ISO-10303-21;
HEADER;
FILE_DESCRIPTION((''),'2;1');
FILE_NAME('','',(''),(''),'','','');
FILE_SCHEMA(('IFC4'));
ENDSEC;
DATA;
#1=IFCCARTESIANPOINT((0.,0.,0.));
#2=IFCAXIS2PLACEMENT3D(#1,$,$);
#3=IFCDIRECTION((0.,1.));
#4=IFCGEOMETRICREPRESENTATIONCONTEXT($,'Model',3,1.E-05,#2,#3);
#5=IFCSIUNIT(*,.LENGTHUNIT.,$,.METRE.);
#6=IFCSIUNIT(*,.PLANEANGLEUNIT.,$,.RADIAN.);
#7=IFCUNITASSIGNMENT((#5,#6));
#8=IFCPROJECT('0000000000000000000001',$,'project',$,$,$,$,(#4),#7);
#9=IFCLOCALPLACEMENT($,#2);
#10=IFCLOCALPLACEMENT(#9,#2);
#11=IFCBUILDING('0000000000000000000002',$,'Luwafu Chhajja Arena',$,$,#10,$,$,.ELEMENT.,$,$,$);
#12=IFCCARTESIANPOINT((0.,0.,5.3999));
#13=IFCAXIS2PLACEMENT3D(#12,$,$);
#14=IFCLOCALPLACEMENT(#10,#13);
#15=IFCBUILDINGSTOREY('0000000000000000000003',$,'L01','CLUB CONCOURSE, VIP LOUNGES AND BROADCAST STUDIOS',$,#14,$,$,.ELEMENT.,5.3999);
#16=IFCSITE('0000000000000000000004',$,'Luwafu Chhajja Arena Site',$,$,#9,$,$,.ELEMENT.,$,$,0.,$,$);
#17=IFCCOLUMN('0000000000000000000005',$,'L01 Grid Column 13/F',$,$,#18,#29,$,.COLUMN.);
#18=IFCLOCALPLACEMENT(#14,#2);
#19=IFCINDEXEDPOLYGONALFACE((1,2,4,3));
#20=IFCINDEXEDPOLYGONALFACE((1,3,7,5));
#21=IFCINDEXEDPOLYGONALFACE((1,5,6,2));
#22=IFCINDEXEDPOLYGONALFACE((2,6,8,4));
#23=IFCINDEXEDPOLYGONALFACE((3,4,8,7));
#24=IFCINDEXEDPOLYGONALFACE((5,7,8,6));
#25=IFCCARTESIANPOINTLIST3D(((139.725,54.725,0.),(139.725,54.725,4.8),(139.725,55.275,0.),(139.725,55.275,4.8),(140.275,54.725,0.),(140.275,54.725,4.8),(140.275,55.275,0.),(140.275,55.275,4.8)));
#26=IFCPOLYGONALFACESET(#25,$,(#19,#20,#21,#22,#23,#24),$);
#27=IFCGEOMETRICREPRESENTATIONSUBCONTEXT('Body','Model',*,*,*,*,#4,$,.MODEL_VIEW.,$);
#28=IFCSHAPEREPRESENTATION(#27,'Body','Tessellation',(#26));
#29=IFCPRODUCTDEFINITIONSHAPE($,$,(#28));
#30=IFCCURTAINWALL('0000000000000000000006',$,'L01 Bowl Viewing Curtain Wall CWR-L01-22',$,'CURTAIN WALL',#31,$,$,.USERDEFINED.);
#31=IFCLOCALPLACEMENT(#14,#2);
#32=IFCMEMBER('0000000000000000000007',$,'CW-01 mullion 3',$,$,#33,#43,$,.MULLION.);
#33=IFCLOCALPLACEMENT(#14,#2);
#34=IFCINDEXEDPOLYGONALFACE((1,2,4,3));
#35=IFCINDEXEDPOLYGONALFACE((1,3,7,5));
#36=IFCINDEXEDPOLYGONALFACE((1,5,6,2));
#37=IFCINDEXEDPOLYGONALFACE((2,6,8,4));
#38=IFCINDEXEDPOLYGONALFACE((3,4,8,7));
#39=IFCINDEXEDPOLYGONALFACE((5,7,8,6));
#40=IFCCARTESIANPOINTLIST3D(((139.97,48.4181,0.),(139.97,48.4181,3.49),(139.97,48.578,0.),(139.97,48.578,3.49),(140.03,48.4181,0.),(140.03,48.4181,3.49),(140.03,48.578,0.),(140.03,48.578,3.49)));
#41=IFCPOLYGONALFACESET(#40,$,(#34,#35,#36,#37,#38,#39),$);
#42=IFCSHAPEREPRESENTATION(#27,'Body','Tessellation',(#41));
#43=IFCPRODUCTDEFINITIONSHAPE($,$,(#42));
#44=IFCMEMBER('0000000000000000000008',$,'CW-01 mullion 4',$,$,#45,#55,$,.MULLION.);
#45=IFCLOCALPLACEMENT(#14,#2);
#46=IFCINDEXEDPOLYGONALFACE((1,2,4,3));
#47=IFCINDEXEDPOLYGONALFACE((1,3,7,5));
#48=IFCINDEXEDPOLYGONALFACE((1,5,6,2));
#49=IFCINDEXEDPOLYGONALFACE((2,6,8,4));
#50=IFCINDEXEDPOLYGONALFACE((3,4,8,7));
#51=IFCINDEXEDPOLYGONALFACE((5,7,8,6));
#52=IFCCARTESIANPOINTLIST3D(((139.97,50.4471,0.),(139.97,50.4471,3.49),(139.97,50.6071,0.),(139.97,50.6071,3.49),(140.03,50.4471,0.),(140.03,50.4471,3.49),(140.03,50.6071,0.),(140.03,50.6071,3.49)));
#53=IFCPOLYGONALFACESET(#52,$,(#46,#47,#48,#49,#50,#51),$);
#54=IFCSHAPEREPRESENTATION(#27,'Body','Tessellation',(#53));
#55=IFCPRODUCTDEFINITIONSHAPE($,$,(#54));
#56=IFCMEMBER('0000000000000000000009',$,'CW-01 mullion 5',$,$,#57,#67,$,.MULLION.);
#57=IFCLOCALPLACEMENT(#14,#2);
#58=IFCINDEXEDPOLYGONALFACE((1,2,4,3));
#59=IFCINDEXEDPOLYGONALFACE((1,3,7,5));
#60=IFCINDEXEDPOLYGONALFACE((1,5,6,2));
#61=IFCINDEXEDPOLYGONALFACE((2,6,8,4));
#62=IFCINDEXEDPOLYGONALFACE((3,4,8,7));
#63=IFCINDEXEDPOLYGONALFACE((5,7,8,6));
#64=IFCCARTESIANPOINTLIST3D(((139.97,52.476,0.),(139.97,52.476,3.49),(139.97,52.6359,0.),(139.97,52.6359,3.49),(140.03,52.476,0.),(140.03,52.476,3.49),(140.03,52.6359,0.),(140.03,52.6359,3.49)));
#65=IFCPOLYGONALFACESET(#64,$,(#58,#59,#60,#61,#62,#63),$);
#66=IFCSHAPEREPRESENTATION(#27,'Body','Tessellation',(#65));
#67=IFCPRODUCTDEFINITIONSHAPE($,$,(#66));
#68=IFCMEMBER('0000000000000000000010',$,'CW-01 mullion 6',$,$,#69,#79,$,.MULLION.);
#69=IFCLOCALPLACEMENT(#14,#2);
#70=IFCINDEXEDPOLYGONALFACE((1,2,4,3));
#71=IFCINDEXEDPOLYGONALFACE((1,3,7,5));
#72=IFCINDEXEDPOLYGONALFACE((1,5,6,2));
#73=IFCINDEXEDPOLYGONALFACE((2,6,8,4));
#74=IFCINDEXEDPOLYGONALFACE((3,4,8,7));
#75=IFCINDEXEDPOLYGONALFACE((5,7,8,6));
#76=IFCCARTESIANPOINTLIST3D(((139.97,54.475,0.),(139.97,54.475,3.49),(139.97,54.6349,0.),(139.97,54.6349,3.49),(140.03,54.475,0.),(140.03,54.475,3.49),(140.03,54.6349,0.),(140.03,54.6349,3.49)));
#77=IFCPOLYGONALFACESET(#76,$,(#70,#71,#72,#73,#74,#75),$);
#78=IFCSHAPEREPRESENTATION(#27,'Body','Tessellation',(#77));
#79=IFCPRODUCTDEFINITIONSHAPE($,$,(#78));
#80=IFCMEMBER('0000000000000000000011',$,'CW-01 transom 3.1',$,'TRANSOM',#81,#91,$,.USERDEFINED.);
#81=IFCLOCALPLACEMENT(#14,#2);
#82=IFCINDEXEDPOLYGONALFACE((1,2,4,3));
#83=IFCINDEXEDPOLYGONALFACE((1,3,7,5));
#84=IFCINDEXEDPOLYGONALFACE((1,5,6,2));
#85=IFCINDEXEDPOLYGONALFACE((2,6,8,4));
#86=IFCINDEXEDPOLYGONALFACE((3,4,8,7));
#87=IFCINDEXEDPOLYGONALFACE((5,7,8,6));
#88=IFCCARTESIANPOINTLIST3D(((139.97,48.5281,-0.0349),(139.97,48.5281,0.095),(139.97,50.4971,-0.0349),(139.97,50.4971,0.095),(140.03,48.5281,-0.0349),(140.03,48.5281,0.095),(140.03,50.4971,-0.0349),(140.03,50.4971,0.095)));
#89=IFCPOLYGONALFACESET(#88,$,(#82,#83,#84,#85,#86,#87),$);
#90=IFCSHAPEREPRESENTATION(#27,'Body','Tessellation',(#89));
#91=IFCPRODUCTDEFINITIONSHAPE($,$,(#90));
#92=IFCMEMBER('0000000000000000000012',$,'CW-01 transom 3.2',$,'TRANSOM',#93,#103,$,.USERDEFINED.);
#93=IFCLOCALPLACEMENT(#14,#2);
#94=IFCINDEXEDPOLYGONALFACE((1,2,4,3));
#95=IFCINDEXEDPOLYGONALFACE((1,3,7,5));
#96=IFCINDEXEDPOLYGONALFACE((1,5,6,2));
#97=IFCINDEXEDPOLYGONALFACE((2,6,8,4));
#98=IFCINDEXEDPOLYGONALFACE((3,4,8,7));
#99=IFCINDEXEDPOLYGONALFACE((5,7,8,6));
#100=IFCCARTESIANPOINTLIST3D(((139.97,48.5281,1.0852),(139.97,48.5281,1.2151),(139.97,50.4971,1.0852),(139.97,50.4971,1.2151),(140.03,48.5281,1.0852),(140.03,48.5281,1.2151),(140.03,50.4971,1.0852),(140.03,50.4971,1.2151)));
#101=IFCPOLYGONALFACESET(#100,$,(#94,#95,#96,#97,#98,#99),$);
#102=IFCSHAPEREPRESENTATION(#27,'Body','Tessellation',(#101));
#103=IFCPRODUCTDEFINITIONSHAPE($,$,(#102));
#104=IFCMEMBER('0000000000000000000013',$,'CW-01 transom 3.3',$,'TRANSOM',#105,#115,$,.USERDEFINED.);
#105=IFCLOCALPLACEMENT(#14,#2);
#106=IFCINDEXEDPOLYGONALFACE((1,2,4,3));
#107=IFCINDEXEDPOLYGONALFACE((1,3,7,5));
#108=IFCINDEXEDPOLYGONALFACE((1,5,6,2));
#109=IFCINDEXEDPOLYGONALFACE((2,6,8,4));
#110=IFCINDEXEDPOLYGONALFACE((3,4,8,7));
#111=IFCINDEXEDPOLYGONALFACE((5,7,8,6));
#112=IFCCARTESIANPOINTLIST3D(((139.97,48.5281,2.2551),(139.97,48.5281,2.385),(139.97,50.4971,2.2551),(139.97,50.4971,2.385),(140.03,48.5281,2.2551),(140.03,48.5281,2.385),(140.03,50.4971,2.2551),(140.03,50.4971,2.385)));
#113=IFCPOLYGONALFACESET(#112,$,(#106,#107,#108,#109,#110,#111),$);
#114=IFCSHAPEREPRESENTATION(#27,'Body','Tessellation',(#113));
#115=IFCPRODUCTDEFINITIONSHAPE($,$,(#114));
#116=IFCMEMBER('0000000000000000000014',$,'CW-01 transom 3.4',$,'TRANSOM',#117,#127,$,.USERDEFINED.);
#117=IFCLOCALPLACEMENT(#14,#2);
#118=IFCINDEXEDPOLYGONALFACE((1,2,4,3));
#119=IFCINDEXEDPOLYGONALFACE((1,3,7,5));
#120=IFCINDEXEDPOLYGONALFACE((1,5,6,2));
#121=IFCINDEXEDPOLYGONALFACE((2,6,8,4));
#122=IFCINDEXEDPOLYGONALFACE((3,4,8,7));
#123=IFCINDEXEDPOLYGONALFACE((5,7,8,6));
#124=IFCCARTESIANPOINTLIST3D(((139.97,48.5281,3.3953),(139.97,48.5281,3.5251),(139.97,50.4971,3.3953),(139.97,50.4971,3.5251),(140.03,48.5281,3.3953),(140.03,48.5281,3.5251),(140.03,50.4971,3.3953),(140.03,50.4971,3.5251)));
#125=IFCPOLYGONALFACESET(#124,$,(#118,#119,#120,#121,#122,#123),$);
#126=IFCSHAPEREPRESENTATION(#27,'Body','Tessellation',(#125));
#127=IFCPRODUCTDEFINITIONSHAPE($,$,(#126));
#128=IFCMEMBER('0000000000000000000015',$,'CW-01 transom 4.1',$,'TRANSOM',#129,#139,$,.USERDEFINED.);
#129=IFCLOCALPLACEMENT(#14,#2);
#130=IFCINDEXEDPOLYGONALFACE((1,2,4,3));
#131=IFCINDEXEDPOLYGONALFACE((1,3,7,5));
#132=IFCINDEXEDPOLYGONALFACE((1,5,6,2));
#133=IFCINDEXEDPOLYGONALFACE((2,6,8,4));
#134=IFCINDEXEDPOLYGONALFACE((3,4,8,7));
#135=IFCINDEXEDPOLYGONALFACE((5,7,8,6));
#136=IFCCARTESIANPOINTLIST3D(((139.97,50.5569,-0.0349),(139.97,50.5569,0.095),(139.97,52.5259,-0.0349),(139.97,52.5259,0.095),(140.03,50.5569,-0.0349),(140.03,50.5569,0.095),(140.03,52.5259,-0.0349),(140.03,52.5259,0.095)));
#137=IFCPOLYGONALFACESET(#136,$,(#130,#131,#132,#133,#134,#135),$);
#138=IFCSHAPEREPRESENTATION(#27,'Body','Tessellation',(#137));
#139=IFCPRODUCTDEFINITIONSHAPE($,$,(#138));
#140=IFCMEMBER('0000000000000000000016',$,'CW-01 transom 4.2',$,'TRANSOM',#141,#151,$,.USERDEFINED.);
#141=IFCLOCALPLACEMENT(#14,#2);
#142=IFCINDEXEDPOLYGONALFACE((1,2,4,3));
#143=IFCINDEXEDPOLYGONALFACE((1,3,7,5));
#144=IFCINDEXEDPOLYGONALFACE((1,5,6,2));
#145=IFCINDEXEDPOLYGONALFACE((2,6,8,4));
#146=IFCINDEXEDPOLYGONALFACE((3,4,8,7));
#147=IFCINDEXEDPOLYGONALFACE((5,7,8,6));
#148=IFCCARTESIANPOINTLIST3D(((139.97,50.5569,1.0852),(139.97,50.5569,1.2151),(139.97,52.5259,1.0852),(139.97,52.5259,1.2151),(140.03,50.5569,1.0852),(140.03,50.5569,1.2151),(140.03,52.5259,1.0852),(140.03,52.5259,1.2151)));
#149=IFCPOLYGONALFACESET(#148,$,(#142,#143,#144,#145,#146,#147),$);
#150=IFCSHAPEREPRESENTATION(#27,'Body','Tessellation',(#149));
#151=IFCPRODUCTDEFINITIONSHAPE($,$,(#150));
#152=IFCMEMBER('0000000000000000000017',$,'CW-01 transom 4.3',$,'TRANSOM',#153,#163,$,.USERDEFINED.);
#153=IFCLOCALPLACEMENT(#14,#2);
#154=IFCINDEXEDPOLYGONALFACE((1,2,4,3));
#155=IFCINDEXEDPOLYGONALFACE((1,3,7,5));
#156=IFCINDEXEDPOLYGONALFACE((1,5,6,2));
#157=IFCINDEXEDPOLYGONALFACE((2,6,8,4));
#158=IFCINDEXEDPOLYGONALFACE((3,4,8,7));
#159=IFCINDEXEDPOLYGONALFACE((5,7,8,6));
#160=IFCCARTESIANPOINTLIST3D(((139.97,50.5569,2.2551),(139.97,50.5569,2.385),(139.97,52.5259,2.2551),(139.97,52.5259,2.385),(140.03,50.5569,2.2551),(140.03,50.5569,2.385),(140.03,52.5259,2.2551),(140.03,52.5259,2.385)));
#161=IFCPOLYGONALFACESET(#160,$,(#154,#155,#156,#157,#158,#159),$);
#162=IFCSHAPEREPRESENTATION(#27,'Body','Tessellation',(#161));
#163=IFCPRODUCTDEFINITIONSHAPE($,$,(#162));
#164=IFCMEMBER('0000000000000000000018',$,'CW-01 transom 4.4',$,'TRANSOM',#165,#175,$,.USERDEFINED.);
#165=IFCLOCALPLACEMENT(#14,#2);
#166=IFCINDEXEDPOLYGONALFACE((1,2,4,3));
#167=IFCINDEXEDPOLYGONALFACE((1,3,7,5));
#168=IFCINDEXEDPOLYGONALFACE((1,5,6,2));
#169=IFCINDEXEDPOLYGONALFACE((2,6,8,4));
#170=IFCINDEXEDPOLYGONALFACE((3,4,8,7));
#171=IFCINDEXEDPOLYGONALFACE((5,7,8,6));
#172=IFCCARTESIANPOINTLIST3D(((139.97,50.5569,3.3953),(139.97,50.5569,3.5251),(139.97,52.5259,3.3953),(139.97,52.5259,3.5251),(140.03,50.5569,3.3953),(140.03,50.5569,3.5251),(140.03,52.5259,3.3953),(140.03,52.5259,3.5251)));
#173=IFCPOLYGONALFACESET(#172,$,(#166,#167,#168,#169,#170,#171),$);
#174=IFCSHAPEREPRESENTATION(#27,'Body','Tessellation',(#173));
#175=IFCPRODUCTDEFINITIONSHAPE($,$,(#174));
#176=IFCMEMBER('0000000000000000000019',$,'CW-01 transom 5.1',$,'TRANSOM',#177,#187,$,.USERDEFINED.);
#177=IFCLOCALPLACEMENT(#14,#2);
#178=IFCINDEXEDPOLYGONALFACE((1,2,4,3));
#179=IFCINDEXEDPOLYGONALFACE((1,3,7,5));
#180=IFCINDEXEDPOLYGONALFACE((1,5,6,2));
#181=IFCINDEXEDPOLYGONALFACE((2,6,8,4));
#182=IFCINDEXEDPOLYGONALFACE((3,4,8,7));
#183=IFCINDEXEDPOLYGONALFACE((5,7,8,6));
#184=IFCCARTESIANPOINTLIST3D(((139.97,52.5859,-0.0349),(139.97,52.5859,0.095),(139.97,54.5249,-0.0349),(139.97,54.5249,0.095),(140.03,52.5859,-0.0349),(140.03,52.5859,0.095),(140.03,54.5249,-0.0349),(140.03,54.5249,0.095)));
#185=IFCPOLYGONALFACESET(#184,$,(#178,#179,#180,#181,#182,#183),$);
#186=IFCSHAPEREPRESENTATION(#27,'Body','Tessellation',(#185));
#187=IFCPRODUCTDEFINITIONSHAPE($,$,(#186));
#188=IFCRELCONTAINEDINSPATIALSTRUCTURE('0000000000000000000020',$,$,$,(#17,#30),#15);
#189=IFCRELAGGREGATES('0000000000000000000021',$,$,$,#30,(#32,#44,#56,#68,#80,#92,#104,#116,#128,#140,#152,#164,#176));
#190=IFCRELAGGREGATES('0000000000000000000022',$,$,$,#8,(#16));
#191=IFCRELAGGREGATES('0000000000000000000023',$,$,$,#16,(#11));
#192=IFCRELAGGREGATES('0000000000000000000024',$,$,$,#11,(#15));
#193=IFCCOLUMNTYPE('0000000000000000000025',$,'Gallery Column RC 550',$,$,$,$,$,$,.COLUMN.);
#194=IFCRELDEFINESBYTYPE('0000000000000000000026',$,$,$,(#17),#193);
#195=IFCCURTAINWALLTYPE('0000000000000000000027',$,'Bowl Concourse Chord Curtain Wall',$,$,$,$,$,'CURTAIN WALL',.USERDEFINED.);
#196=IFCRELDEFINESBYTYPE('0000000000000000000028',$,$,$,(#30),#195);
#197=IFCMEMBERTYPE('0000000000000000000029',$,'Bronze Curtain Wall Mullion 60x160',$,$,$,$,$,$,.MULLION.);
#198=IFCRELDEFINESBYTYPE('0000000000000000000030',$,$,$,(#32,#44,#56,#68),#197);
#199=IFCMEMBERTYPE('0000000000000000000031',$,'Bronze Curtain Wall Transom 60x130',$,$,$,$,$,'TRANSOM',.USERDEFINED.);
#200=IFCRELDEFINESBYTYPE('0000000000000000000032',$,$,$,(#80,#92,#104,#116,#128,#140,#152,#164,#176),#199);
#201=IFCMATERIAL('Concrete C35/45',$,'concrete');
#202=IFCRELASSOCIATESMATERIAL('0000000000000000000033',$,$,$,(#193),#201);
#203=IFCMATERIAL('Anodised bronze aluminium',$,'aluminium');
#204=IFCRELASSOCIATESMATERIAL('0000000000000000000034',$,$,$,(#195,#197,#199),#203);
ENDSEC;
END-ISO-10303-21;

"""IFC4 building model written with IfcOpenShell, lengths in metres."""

from ifc_helpers import new_model, si_unit, direction, frame, origin, origin_2d, place, context, subcontext, project, spatial, rectangle, extrude, material, material_profile, profile_set, type_object, element, aggregate, save


model = new_model("IFC4")

# Units and contexts
model_context = context("Model", 3, precision=1e-05, world=origin(), true_north=direction((0.0, 1.0)))
body_context = subcontext(model_context, "Body", "Model", "MODEL_VIEW")
ifc_project = project(units=[si_unit("LENGTHUNIT", "METRE"), si_unit("PLANEANGLEUNIT", "RADIAN")], contexts=[model_context])

# Site, building, storey
site_placement = place(None, origin())
site = spatial("IfcSite", under=ifc_project, at=site_placement, Name="Luwafu Chhajja Arena Site", CompositionType="ELEMENT", RefElevation=0.0)
building_placement = place(site_placement, origin())
building = spatial("IfcBuilding", under=site, at=building_placement, Name="Luwafu Chhajja Arena", CompositionType="ELEMENT")
storey_placement = place(building_placement, frame((0.0, 0.0, 5.3999)))
storey = spatial("IfcBuildingStorey", under=building, at=storey_placement, Name="L01", Description="CLUB CONCOURSE, VIP LOUNGES AND BROADCAST STUDIOS", CompositionType="ELEMENT", Elevation=5.3999)

# Column
ifc_material_1 = material(Name="Concrete C35/45", Category="concrete")
ifc_material_profile_1 = material_profile(ifc_material_1, rectangle(XDim=0.55, YDim=0.55, at=origin_2d()), Name="RC 550x550")
ifc_profile_set_1 = profile_set([ifc_material_profile_1], Name="Concrete C35/45")
column_type = type_object("IfcColumnType", Name="Gallery Column RC 550", PredefinedType="COLUMN", material=ifc_profile_set_1)
column_placement = place(storey_placement, frame((140.0, 55.0, 0.0), z_axis=(0.0, 0.0, 1.0), x_axis=(1.0, 0.0, 0.0)))
element("IfcColumn", 1, at=column_placement, inside=storey, type_object=column_type, Name="L01 Grid Column 13/F", PredefinedType="COLUMN", context=body_context, shape_type="SweptSolid", body=[
    extrude(rectangle(XDim=0.55, YDim=0.55, at=origin_2d()), origin(), (0.0, 0.0, 1.0), 4.8),
])

# Curtain wall, members
ifc_material_2 = material(Name="Anodised bronze aluminium", Category="aluminium")
curtain_wall_type = type_object("IfcCurtainWallType", Name="Bowl Concourse Chord Curtain Wall", ElementType="CURTAIN WALL", PredefinedType="USERDEFINED", material=ifc_material_2)
curtain_wall_placement = place(storey_placement, origin())
curtain_wall = element("IfcCurtainWall", 2, at=curtain_wall_placement, inside=storey, type_object=curtain_wall_type, Name="L01 Bowl Viewing Curtain Wall CWR-L01-22", ObjectType="CURTAIN WALL", PredefinedType="USERDEFINED")
ifc_material_profile_2 = material_profile(ifc_material_2, rectangle(XDim=0.0601, YDim=0.1599, at=origin_2d()), Name="CWM 60x160")
ifc_profile_set_2 = profile_set([ifc_material_profile_2], Name="Anodised bronze aluminium")
member_type_1 = type_object("IfcMemberType", Name="Bronze Curtain Wall Mullion 60x160", PredefinedType="MULLION", material=ifc_profile_set_2)
member_1_placement = place(storey_placement, frame((140.0, 48.498, 0.0), z_axis=(0.0, 0.0, 1.0), x_axis=(-1.0, 0.0, 0.0)))
member_1 = element("IfcMember", 3, at=member_1_placement, type_object=member_type_1, Name="CW-01 mullion 3", PredefinedType="MULLION", context=body_context, shape_type="SweptSolid", body=[
    extrude(rectangle(XDim=0.0601, YDim=0.1599, at=origin_2d()), origin(), (0.0, 0.0, 1.0), 3.49),
])
member_2_placement = place(storey_placement, frame((140.0, 50.5271, 0.0), z_axis=(0.0, 0.0, 1.0), x_axis=(-1.0, 0.0, 0.0)))
member_2 = element("IfcMember", 4, at=member_2_placement, type_object=member_type_1, Name="CW-01 mullion 4", PredefinedType="MULLION", context=body_context, shape_type="SweptSolid", body=[
    extrude(rectangle(XDim=0.0601, YDim=0.1599, at=origin_2d()), origin(), (0.0, 0.0, 1.0), 3.49),
])
member_3_placement = place(storey_placement, frame((140.0, 52.5559, 0.0), z_axis=(0.0, 0.0, 1.0), x_axis=(-1.0, 0.0, 0.0)))
member_3 = element("IfcMember", 5, at=member_3_placement, type_object=member_type_1, Name="CW-01 mullion 5", PredefinedType="MULLION", context=body_context, shape_type="SweptSolid", body=[
    extrude(rectangle(XDim=0.0601, YDim=0.1599, at=origin_2d()), origin(), (0.0, 0.0, 1.0), 3.49),
])
member_4_placement = place(storey_placement, frame((140.0, 54.5549, 0.0), z_axis=(0.0, 0.0, 1.0), x_axis=(-1.0, 0.0, 0.0)))
member_4 = element("IfcMember", 6, at=member_4_placement, type_object=member_type_1, Name="CW-01 mullion 6", PredefinedType="MULLION", context=body_context, shape_type="SweptSolid", body=[
    extrude(rectangle(XDim=0.0601, YDim=0.1599, at=origin_2d()), origin(), (0.0, 0.0, 1.0), 3.49),
])
ifc_material_profile_3 = material_profile(ifc_material_2, rectangle(XDim=0.0601, YDim=0.1299, at=origin_2d()), Name="CWT 60x130")
ifc_profile_set_3 = profile_set([ifc_material_profile_3], Name="Anodised bronze aluminium")
member_type_2 = type_object("IfcMemberType", Name="Bronze Curtain Wall Transom 60x130", ElementType="TRANSOM", PredefinedType="USERDEFINED", material=ifc_profile_set_3)
member_5_placement = place(storey_placement, frame((140.0, 48.5281, 0.03), z_axis=(0.0, 1.0, 0.0), x_axis=(-1.0, 0.0, 0.0)))
member_5 = element("IfcMember", 7, at=member_5_placement, type_object=member_type_2, Name="CW-01 transom 3.1", ObjectType="TRANSOM", PredefinedType="USERDEFINED", context=body_context, shape_type="SweptSolid", body=[
    extrude(rectangle(XDim=0.0601, YDim=0.1299, at=origin_2d()), origin(), (0.0, 0.0, 1.0), 1.969),
])
member_6_placement = place(storey_placement, frame((140.0, 48.5281, 1.1501), z_axis=(0.0, 1.0, 0.0), x_axis=(-1.0, 0.0, 0.0)))
member_6 = element("IfcMember", 8, at=member_6_placement, type_object=member_type_2, Name="CW-01 transom 3.2", ObjectType="TRANSOM", PredefinedType="USERDEFINED", context=body_context, shape_type="SweptSolid", body=[
    extrude(rectangle(XDim=0.0601, YDim=0.1299, at=origin_2d()), origin(), (0.0, 0.0, 1.0), 1.969),
])
member_7_placement = place(storey_placement, frame((140.0, 48.5281, 2.3201), z_axis=(0.0, 1.0, 0.0), x_axis=(-1.0, 0.0, 0.0)))
member_7 = element("IfcMember", 9, at=member_7_placement, type_object=member_type_2, Name="CW-01 transom 3.3", ObjectType="TRANSOM", PredefinedType="USERDEFINED", context=body_context, shape_type="SweptSolid", body=[
    extrude(rectangle(XDim=0.0601, YDim=0.1299, at=origin_2d()), origin(), (0.0, 0.0, 1.0), 1.969),
])
member_8_placement = place(storey_placement, frame((140.0, 48.5281, 3.4602), z_axis=(0.0, 1.0, 0.0), x_axis=(-1.0, 0.0, 0.0)))
member_8 = element("IfcMember", 10, at=member_8_placement, type_object=member_type_2, Name="CW-01 transom 3.4", ObjectType="TRANSOM", PredefinedType="USERDEFINED", context=body_context, shape_type="SweptSolid", body=[
    extrude(rectangle(XDim=0.0601, YDim=0.1299, at=origin_2d()), origin(), (0.0, 0.0, 1.0), 1.969),
])
member_9_placement = place(storey_placement, frame((140.0, 50.5569, 0.03), z_axis=(0.0, 1.0, 0.0), x_axis=(-1.0, 0.0, 0.0)))
member_9 = element("IfcMember", 11, at=member_9_placement, type_object=member_type_2, Name="CW-01 transom 4.1", ObjectType="TRANSOM", PredefinedType="USERDEFINED", context=body_context, shape_type="SweptSolid", body=[
    extrude(rectangle(XDim=0.0601, YDim=0.1299, at=origin_2d()), origin(), (0.0, 0.0, 1.0), 1.969),
])
member_10_placement = place(storey_placement, frame((140.0, 50.5569, 1.1501), z_axis=(0.0, 1.0, 0.0), x_axis=(-1.0, 0.0, 0.0)))
member_10 = element("IfcMember", 12, at=member_10_placement, type_object=member_type_2, Name="CW-01 transom 4.2", ObjectType="TRANSOM", PredefinedType="USERDEFINED", context=body_context, shape_type="SweptSolid", body=[
    extrude(rectangle(XDim=0.0601, YDim=0.1299, at=origin_2d()), origin(), (0.0, 0.0, 1.0), 1.969),
])
member_11_placement = place(storey_placement, frame((140.0, 50.5569, 2.3201), z_axis=(0.0, 1.0, 0.0), x_axis=(-1.0, 0.0, 0.0)))
member_11 = element("IfcMember", 13, at=member_11_placement, type_object=member_type_2, Name="CW-01 transom 4.3", ObjectType="TRANSOM", PredefinedType="USERDEFINED", context=body_context, shape_type="SweptSolid", body=[
    extrude(rectangle(XDim=0.0601, YDim=0.1299, at=origin_2d()), origin(), (0.0, 0.0, 1.0), 1.969),
])
member_12_placement = place(storey_placement, frame((140.0, 50.5569, 3.4602), z_axis=(0.0, 1.0, 0.0), x_axis=(-1.0, 0.0, 0.0)))
member_12 = element("IfcMember", 14, at=member_12_placement, type_object=member_type_2, Name="CW-01 transom 4.4", ObjectType="TRANSOM", PredefinedType="USERDEFINED", context=body_context, shape_type="SweptSolid", body=[
    extrude(rectangle(XDim=0.0601, YDim=0.1299, at=origin_2d()), origin(), (0.0, 0.0, 1.0), 1.969),
])
member_13_placement = place(storey_placement, frame((140.0, 52.5859, 0.03), z_axis=(0.0, 1.0, 0.0), x_axis=(-1.0, 0.0, 0.0)))
member_13 = element("IfcMember", 15, at=member_13_placement, type_object=member_type_2, Name="CW-01 transom 5.1", ObjectType="TRANSOM", PredefinedType="USERDEFINED", context=body_context, shape_type="SweptSolid", body=[
    extrude(rectangle(XDim=0.0601, YDim=0.1299, at=origin_2d()), origin(), (0.0, 0.0, 1.0), 1.939),
])

aggregate(curtain_wall, [member_1, member_2, member_3, member_4, member_5, member_6, member_7, member_8, member_9, member_10, member_11, member_12, member_13])

save(model, "model.ifc")
